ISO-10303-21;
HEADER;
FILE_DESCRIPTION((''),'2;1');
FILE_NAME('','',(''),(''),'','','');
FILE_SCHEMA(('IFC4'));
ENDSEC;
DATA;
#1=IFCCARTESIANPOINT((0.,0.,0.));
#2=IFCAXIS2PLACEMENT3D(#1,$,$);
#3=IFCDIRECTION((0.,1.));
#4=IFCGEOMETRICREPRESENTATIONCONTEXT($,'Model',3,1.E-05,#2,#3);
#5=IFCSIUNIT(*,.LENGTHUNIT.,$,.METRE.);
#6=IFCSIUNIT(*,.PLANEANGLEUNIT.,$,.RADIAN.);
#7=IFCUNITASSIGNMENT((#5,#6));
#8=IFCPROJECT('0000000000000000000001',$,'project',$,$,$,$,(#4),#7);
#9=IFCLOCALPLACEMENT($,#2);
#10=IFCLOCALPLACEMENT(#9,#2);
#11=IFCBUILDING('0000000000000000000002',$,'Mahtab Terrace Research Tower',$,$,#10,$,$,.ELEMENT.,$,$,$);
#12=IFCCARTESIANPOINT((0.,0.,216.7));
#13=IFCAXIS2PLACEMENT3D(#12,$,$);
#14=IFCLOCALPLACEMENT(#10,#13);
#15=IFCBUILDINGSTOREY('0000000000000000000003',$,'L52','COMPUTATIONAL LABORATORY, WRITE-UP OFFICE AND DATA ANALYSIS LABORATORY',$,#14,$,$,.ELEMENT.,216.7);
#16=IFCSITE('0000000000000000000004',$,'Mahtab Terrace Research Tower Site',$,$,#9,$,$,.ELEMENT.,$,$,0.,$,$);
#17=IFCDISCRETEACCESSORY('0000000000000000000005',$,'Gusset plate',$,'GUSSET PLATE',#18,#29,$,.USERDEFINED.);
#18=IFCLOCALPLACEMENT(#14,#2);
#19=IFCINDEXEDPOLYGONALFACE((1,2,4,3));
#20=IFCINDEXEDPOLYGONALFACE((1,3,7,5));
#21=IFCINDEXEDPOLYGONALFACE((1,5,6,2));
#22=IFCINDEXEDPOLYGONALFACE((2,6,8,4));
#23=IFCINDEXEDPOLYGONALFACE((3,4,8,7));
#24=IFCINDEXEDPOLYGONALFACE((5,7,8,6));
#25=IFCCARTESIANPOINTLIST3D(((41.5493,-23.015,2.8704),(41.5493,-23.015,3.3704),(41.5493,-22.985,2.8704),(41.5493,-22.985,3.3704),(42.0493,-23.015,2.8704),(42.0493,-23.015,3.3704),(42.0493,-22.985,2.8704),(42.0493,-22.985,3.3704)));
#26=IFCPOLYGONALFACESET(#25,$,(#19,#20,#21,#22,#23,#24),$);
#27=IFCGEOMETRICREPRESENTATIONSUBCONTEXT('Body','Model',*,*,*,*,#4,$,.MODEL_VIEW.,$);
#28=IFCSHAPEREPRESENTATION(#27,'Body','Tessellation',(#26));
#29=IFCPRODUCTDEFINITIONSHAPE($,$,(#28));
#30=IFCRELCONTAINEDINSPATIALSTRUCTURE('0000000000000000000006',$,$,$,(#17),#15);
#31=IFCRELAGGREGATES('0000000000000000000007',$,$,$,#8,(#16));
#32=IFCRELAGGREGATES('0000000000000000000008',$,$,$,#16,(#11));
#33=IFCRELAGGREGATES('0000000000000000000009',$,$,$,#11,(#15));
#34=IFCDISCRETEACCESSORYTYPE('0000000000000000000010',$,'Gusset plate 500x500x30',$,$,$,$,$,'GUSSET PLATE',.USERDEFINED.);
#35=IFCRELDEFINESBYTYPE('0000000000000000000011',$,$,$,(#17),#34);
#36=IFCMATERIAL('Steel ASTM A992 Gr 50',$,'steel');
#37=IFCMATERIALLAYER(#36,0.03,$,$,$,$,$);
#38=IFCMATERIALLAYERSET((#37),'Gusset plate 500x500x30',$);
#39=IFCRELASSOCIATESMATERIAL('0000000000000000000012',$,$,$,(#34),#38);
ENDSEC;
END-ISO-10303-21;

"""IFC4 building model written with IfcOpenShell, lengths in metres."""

from ifc_helpers import new_model, si_unit, direction, frame, origin, origin_2d, place, context, subcontext, project, spatial, rectangle, extrude, material, layer, layer_set, type_object, element, save


model = new_model("IFC4")

# Units and contexts
model_context = context("Model", 3, precision=1e-05, world=origin(), true_north=direction((0.0, 1.0)))
body_context = subcontext(model_context, "Body", "Model", "MODEL_VIEW")
ifc_project = project(units=[si_unit("LENGTHUNIT", "METRE"), si_unit("PLANEANGLEUNIT", "RADIAN")], contexts=[model_context])

# Site, building, storey
site_placement = place(None, origin())
site = spatial("IfcSite", under=ifc_project, at=site_placement, Name="Mahtab Terrace Research Tower Site", CompositionType="ELEMENT", RefElevation=0.0)
building_placement = place(site_placement, origin())
building = spatial("IfcBuilding", under=site, at=building_placement, Name="Mahtab Terrace Research Tower", CompositionType="ELEMENT")
storey_placement = place(building_placement, frame((0.0, 0.0, 216.7)))
storey = spatial("IfcBuildingStorey", under=building, at=storey_placement, Name="L52", Description="COMPUTATIONAL LABORATORY, WRITE-UP OFFICE AND DATA ANALYSIS LABORATORY", CompositionType="ELEMENT", Elevation=216.7)

# Shared definitions
ifc_material_1 = material(Name="Steel ASTM A992 Gr 50", Category="steel")

# Discrete accessory
ifc_layer_1 = layer(ifc_material_1, 0.03)
ifc_layer_set_1 = layer_set([ifc_layer_1], Name="Gusset plate 500x500x30")
discrete_accessory_type = type_object("IfcDiscreteAccessoryType", Name="Gusset plate 500x500x30", ElementType="GUSSET PLATE", PredefinedType="USERDEFINED", material=ifc_layer_set_1)
for number, where, z_axis, x_axis, name in (
    (1, (41.7993, -23.0, 2.8704), (0.0, 0.0, 1.0), (1.0, 0.0, 0.0), "Gusset plate"),
):
    element("IfcDiscreteAccessory", number, at=place(storey_placement, frame(where, z_axis=z_axis, x_axis=x_axis)), inside=storey, type_object=discrete_accessory_type, Name=name, ObjectType="GUSSET PLATE", PredefinedType="USERDEFINED", context=body_context, shape_type="SweptSolid", body=[
        extrude(rectangle(XDim=0.5, YDim=0.03, at=origin_2d()), origin(), (0.0, 0.0, 1.0), 0.5),
    ])

save(model, "model.ifc")
